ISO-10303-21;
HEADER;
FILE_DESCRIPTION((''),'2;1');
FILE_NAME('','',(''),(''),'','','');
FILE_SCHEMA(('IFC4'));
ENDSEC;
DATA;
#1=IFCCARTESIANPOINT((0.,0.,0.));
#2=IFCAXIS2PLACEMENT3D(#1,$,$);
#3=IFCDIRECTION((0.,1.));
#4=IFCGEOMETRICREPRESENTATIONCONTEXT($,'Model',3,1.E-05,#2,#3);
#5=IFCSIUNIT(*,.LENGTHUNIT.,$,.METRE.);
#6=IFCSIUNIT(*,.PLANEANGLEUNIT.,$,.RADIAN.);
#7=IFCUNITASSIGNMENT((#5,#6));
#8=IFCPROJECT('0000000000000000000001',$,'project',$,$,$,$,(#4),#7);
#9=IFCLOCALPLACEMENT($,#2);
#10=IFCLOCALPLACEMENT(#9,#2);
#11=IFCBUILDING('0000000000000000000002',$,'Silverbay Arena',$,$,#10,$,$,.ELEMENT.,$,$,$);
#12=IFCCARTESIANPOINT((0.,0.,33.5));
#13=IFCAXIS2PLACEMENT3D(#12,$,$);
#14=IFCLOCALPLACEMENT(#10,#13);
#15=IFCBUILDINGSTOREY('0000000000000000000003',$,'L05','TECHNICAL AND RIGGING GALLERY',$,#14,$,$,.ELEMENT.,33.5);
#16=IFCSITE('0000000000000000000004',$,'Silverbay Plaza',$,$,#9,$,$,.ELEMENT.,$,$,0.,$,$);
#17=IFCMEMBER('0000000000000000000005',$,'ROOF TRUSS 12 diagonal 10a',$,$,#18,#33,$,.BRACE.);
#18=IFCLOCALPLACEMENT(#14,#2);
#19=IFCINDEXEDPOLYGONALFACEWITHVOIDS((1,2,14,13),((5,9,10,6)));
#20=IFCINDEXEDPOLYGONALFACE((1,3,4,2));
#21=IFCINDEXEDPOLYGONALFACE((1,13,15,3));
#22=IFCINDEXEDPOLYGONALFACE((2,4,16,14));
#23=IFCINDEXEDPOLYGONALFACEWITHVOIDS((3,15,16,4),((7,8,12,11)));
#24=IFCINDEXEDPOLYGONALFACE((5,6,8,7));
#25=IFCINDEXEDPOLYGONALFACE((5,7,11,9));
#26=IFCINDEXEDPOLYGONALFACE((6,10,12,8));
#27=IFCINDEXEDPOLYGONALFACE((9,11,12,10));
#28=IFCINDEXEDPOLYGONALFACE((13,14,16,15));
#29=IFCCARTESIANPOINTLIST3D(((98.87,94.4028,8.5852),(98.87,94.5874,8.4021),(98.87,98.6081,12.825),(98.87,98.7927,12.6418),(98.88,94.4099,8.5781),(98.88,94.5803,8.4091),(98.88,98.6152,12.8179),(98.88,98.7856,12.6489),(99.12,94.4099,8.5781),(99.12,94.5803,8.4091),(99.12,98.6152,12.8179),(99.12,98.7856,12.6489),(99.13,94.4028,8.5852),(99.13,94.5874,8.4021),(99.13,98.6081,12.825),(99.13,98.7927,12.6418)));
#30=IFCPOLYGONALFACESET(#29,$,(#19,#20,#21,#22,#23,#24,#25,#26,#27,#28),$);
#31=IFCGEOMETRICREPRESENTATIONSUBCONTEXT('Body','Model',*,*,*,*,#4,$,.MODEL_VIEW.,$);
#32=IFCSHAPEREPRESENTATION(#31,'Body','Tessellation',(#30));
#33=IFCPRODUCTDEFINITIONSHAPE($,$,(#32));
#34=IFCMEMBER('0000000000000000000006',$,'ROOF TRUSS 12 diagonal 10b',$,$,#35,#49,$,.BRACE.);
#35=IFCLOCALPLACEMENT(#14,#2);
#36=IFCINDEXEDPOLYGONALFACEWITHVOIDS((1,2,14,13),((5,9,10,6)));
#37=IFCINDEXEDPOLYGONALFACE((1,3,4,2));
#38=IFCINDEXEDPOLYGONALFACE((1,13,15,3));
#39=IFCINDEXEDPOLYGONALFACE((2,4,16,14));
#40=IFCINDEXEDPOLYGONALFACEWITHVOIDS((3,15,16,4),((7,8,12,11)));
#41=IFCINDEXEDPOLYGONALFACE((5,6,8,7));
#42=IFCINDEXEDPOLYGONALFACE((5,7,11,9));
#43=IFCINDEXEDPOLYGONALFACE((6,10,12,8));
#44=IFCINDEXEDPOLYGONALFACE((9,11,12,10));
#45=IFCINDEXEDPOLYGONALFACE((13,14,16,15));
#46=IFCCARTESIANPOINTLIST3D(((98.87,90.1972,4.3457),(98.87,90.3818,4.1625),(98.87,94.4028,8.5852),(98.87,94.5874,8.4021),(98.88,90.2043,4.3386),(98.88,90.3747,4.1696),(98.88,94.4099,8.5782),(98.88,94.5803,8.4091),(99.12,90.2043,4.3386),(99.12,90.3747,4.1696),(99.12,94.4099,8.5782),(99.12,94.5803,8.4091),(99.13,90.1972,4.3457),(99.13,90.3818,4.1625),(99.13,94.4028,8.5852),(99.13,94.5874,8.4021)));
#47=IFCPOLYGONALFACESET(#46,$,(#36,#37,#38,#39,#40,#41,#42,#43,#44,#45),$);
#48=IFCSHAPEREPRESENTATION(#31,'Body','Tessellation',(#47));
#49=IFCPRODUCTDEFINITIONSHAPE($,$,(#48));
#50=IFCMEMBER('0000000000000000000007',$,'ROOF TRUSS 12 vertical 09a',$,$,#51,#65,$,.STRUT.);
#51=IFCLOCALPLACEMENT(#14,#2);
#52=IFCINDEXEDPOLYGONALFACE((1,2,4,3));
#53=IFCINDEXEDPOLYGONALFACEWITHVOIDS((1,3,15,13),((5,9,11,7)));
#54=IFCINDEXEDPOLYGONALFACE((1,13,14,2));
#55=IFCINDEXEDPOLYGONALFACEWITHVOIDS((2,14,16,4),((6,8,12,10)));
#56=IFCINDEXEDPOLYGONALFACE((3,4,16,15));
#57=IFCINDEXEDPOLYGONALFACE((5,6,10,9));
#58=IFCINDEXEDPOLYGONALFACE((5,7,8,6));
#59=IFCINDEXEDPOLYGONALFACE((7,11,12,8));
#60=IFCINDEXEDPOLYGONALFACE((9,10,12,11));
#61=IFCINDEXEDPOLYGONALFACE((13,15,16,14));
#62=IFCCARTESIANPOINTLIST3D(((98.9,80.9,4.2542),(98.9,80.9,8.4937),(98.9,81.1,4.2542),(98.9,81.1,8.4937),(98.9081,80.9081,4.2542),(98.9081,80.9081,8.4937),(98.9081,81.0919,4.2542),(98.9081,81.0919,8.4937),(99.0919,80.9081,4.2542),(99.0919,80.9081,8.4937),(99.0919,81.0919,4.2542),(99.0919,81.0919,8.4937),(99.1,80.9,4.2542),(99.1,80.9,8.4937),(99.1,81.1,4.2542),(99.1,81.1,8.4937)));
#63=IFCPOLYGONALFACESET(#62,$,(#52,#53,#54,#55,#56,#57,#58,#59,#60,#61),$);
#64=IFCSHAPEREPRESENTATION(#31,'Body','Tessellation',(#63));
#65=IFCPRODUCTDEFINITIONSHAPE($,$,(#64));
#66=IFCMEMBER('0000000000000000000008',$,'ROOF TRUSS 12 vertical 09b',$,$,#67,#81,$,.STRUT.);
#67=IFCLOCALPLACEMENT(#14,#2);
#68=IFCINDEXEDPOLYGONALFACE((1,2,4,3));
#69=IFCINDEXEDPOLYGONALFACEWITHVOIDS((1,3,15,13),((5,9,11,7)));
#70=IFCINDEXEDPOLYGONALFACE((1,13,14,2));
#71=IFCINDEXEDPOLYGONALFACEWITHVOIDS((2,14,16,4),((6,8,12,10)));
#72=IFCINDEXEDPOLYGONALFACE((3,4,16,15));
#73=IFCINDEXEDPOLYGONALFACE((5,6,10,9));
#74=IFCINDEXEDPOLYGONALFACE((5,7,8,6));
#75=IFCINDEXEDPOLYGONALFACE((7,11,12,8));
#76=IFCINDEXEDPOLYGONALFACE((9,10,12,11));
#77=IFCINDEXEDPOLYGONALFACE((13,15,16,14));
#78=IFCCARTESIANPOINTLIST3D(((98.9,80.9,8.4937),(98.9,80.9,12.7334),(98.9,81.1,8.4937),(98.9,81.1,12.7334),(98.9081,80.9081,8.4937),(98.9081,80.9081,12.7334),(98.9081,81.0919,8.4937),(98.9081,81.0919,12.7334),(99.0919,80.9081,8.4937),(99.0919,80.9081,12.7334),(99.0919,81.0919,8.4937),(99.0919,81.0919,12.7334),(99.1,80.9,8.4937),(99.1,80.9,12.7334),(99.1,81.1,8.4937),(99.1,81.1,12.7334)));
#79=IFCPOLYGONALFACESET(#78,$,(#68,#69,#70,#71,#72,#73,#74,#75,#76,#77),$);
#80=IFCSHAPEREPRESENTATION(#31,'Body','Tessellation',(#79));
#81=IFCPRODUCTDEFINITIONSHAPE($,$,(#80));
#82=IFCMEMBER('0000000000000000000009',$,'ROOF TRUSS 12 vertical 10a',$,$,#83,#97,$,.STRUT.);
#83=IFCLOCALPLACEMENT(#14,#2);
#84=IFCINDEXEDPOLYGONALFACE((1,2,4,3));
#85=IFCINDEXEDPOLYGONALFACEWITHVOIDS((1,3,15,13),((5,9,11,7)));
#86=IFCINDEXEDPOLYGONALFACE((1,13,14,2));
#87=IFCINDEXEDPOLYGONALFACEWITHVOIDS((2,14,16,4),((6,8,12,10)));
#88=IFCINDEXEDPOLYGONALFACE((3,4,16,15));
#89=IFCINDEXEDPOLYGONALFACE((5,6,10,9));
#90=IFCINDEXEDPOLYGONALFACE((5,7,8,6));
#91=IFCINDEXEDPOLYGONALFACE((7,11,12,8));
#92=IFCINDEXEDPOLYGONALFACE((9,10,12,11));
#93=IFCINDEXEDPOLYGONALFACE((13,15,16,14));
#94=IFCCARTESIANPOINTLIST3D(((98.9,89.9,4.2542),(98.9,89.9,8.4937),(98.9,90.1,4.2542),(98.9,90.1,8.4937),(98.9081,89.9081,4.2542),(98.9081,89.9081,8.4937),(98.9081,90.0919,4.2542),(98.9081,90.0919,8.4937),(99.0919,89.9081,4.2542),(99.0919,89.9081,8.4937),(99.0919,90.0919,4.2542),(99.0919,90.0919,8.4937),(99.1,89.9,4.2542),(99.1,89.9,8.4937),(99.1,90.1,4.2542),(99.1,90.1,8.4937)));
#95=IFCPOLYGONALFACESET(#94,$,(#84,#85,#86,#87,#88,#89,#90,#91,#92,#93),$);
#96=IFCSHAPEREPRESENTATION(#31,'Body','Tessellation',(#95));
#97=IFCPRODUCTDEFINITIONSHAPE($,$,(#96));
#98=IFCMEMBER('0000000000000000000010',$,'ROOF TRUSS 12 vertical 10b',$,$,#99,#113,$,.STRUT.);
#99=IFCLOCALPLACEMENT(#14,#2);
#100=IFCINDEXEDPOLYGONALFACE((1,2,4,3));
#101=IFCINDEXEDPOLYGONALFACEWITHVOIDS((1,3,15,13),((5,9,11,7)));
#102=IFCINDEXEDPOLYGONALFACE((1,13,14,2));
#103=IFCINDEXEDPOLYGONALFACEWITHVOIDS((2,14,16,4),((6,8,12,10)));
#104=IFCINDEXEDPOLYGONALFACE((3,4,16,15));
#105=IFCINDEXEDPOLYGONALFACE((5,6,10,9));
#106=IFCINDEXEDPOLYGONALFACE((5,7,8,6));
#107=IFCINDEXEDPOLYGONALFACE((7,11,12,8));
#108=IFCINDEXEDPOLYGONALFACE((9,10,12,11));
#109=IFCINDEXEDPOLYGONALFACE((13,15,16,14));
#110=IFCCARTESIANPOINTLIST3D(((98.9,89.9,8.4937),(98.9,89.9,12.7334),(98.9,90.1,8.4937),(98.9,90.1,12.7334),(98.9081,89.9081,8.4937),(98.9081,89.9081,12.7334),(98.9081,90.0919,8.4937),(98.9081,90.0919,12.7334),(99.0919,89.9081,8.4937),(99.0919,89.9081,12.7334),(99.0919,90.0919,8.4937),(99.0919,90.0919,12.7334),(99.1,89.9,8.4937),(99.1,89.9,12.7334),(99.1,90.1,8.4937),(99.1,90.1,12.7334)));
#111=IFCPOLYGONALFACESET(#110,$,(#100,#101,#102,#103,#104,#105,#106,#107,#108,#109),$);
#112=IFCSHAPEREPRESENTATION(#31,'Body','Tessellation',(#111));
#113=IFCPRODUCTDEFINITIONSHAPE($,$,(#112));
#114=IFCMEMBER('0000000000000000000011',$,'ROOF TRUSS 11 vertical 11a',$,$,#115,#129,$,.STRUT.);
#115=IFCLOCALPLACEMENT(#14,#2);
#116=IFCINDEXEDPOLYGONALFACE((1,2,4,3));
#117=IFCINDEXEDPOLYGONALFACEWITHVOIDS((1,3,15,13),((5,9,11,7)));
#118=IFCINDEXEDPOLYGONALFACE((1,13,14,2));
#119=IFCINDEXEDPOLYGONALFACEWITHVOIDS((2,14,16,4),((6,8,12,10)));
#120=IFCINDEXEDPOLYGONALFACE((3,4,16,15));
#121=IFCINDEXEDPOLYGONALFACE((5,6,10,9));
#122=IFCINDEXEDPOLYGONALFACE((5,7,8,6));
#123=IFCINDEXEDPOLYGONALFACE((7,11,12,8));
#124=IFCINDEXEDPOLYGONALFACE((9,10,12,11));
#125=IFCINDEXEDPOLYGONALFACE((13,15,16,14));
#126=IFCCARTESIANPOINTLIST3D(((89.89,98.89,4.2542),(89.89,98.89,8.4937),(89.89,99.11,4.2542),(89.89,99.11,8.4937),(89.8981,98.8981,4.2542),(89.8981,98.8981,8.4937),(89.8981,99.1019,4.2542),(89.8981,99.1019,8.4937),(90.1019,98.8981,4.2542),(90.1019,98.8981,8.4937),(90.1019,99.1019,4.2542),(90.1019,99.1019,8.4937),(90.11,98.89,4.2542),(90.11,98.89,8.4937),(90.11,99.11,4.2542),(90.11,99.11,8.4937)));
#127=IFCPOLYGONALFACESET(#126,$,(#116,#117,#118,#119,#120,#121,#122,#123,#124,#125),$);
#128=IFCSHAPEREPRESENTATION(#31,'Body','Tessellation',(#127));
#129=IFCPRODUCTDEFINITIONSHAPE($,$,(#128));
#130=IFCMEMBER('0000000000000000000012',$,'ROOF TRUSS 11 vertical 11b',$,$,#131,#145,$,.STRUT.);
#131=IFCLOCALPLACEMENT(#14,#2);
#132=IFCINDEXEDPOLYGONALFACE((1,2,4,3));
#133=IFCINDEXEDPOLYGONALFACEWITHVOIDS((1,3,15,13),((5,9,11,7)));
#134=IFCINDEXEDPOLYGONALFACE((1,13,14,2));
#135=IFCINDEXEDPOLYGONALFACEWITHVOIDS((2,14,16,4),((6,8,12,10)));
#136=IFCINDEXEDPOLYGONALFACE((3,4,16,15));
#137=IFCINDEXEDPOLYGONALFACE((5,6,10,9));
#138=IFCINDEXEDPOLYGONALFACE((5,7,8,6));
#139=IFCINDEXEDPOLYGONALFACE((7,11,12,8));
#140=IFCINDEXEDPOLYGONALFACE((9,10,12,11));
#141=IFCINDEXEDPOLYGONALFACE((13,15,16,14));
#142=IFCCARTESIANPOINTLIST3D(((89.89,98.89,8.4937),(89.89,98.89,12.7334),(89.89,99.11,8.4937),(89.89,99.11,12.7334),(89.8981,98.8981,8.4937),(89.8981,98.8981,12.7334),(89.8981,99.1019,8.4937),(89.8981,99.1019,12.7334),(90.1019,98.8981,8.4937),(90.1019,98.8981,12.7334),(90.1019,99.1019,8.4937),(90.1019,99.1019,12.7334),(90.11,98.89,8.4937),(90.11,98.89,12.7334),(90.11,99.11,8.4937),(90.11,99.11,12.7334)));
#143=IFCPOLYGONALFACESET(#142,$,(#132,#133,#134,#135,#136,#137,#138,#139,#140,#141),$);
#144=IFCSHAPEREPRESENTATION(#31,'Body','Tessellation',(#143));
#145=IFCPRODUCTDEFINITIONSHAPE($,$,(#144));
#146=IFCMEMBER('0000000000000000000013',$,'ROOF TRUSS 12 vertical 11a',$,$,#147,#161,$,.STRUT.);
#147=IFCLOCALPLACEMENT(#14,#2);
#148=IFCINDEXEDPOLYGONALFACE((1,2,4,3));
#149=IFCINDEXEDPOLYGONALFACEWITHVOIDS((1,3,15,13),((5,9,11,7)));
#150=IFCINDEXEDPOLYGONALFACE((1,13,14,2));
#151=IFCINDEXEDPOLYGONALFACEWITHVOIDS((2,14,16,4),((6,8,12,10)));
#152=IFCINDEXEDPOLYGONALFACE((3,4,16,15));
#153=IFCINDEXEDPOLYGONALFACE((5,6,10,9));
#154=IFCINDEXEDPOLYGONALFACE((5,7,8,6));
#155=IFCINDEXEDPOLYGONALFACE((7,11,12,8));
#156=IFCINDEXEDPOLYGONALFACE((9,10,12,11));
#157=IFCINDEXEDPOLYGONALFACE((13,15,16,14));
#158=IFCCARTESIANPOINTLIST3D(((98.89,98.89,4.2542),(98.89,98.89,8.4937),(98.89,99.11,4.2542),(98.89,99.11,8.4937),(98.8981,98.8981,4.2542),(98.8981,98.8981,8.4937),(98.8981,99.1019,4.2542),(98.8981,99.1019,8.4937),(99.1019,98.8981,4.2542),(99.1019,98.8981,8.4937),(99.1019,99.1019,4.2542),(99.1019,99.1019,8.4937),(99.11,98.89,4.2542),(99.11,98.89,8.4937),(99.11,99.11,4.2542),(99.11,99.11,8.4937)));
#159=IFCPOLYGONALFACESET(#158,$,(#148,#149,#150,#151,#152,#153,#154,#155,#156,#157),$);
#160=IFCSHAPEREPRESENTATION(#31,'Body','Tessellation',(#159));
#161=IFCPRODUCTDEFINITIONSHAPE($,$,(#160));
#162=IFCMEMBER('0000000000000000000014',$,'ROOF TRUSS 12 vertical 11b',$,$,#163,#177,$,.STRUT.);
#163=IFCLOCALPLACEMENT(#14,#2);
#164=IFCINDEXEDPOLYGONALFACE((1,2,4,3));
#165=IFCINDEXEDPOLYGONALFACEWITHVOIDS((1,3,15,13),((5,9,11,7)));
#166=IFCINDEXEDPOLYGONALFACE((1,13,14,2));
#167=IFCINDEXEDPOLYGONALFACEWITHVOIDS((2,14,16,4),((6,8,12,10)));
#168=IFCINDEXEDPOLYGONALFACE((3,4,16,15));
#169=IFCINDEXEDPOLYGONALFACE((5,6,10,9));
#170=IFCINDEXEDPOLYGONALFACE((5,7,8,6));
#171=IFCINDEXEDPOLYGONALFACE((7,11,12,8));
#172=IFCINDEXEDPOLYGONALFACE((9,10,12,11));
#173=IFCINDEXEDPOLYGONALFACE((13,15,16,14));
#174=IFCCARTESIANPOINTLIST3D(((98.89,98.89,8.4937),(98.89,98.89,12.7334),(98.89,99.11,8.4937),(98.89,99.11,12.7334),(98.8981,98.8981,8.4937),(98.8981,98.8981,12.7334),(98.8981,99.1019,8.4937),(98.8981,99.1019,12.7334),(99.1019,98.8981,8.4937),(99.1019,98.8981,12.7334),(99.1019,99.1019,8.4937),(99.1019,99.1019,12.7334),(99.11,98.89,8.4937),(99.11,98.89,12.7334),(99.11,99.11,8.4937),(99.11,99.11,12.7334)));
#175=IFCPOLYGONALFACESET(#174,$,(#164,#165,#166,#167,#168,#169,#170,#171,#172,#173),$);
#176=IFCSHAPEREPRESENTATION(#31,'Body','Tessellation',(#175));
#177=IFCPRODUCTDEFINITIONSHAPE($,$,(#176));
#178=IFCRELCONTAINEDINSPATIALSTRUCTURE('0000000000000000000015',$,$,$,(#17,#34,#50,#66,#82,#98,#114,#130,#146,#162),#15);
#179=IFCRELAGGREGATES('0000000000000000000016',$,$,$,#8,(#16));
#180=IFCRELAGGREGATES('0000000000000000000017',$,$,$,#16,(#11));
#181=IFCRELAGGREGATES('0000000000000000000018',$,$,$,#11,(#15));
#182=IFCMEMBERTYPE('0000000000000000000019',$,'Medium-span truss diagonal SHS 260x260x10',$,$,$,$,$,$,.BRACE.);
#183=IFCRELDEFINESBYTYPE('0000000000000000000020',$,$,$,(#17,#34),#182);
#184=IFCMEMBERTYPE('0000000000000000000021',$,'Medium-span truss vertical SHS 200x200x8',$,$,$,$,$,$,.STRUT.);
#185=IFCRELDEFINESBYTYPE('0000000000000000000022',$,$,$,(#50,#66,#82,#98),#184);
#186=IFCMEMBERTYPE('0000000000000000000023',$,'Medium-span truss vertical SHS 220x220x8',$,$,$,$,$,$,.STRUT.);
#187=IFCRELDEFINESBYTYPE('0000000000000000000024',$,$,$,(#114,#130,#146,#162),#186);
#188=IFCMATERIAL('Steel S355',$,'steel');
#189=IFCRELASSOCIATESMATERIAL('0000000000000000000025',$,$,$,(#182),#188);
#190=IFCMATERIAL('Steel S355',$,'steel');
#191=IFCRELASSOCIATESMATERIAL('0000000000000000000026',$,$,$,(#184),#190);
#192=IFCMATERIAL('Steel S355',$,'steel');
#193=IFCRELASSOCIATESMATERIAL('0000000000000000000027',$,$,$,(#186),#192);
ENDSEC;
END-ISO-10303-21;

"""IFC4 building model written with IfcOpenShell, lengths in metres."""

from ifc_helpers import new_model, si_unit, direction, frame, origin, origin_2d, place, context, subcontext, project, spatial, hollow_rectangle, extrude, material, material_profile, profile_set, type_object, element, save


model = new_model("IFC4")

# Units and contexts
model_context = context("Model", 3, precision=1e-05, world=origin(), true_north=direction((0.0, 1.0)))
body_context = subcontext(model_context, "Body", "Model", "MODEL_VIEW")
ifc_project = project(units=[si_unit("LENGTHUNIT", "METRE"), si_unit("PLANEANGLEUNIT", "RADIAN")], contexts=[model_context])

# Site, building, storey
site_placement = place(None, origin())
site = spatial("IfcSite", under=ifc_project, at=site_placement, Name="Silverbay Plaza", CompositionType="ELEMENT", RefElevation=0.0)
building_placement = place(site_placement, origin())
building = spatial("IfcBuilding", under=site, at=building_placement, Name="Silverbay Arena", CompositionType="ELEMENT")
storey_placement = place(building_placement, frame((0.0, 0.0, 33.5)))
storey = spatial("IfcBuildingStorey", under=building, at=storey_placement, Name="L05", Description="TECHNICAL AND RIGGING GALLERY", CompositionType="ELEMENT", Elevation=33.5)

# Members
ifc_material_1 = material(Name="Steel S355", Category="steel")
ifc_material_profile_1 = material_profile(ifc_material_1, hollow_rectangle(XDim=0.26, YDim=0.26, WallThickness=0.01, at=origin_2d()), Name="SHS 260x260x10")
ifc_profile_set_1 = profile_set([ifc_material_profile_1], Name="Steel S355")
member_type_1 = type_object("IfcMemberType", Name="Medium-span truss diagonal SHS 260x260x10", PredefinedType="BRACE", material=ifc_profile_set_1)
for number, where, z_axis, x_axis, name in (
    (1, (99.0, 98.7004, 12.7334), (0.0, -0.704219, -0.709983), (1.0, 0.0, 0.0), "ROOF TRUSS 12 diagonal 10a"),
    (2, (99.0, 94.4951, 8.4937), (0.0, -0.70426, -0.709942), (1.0, 0.0, 0.0), "ROOF TRUSS 12 diagonal 10b"),
):
    element("IfcMember", number, at=place(storey_placement, frame(where, z_axis=z_axis, x_axis=x_axis)), inside=storey, type_object=member_type_1, Name=name, PredefinedType="BRACE", context=body_context, shape_type="SweptSolid", body=[
        extrude(hollow_rectangle(XDim=0.26, YDim=0.26, WallThickness=0.01, at=origin_2d()), origin(), (0.0, 0.0, 1.0), 5.9717),
    ])
ifc_material_2 = material(Name="Steel S355", Category="steel")
ifc_material_profile_2 = material_profile(ifc_material_2, hollow_rectangle(XDim=0.2, YDim=0.2, WallThickness=0.0081, at=origin_2d()), Name="SHS 200x200x8")
ifc_profile_set_2 = profile_set([ifc_material_profile_2], Name="Steel S355")
member_type_2 = type_object("IfcMemberType", Name="Medium-span truss vertical SHS 200x200x8", PredefinedType="STRUT", material=ifc_profile_set_2)
member_1_placement = place(storey_placement, frame((99.0, 81.0, 4.2542), z_axis=(0.0, 0.0, 1.0), x_axis=(1.0, 0.0, 0.0)))
element("IfcMember", 3, at=member_1_placement, inside=storey, type_object=member_type_2, Name="ROOF TRUSS 12 vertical 09a", PredefinedType="STRUT", context=body_context, shape_type="SweptSolid", body=[
    extrude(hollow_rectangle(XDim=0.2, YDim=0.2, WallThickness=0.0081, at=origin_2d()), origin(), (0.0, 0.0, 1.0), 4.2395),
])
member_2_placement = place(storey_placement, frame((99.0, 81.0, 8.4937), z_axis=(0.0, 0.0, 1.0), x_axis=(1.0, 0.0, 0.0)))
element("IfcMember", 4, at=member_2_placement, inside=storey, type_object=member_type_2, Name="ROOF TRUSS 12 vertical 09b", PredefinedType="STRUT", context=body_context, shape_type="SweptSolid", body=[
    extrude(hollow_rectangle(XDim=0.2, YDim=0.2, WallThickness=0.0081, at=origin_2d()), origin(), (0.0, 0.0, 1.0), 4.2397),
])
member_3_placement = place(storey_placement, frame((99.0, 90.0, 4.2542), z_axis=(0.0, 0.0, 1.0), x_axis=(1.0, 0.0, 0.0)))
element("IfcMember", 5, at=member_3_placement, inside=storey, type_object=member_type_2, Name="ROOF TRUSS 12 vertical 10a", PredefinedType="STRUT", context=body_context, shape_type="SweptSolid", body=[
    extrude(hollow_rectangle(XDim=0.2, YDim=0.2, WallThickness=0.0081, at=origin_2d()), origin(), (0.0, 0.0, 1.0), 4.2395),
])
member_4_placement = place(storey_placement, frame((99.0, 90.0, 8.4937), z_axis=(0.0, 0.0, 1.0), x_axis=(1.0, 0.0, 0.0)))
element("IfcMember", 6, at=member_4_placement, inside=storey, type_object=member_type_2, Name="ROOF TRUSS 12 vertical 10b", PredefinedType="STRUT", context=body_context, shape_type="SweptSolid", body=[
    extrude(hollow_rectangle(XDim=0.2, YDim=0.2, WallThickness=0.0081, at=origin_2d()), origin(), (0.0, 0.0, 1.0), 4.2397),
])
ifc_material_3 = material(Name="Steel S355", Category="steel")
ifc_material_profile_3 = material_profile(ifc_material_3, hollow_rectangle(XDim=0.22, YDim=0.22, WallThickness=0.0081, at=origin_2d()), Name="SHS 220x220x8")
ifc_profile_set_3 = profile_set([ifc_material_profile_3], Name="Steel S355")
member_type_3 = type_object("IfcMemberType", Name="Medium-span truss vertical SHS 220x220x8", PredefinedType="STRUT", material=ifc_profile_set_3)
member_5_placement = place(storey_placement, frame((90.0, 99.0, 4.2542), z_axis=(0.0, 0.0, 1.0), x_axis=(1.0, 0.0, 0.0)))
element("IfcMember", 7, at=member_5_placement, inside=storey, type_object=member_type_3, Name="ROOF TRUSS 11 vertical 11a", PredefinedType="STRUT", context=body_context, shape_type="SweptSolid", body=[
    extrude(hollow_rectangle(XDim=0.22, YDim=0.22, WallThickness=0.0081, at=origin_2d()), origin(), (0.0, 0.0, 1.0), 4.2395),
])
member_6_placement = place(storey_placement, frame((90.0, 99.0, 8.4937), z_axis=(0.0, 0.0, 1.0), x_axis=(1.0, 0.0, 0.0)))
element("IfcMember", 8, at=member_6_placement, inside=storey, type_object=member_type_3, Name="ROOF TRUSS 11 vertical 11b", PredefinedType="STRUT", context=body_context, shape_type="SweptSolid", body=[
    extrude(hollow_rectangle(XDim=0.22, YDim=0.22, WallThickness=0.0081, at=origin_2d()), origin(), (0.0, 0.0, 1.0), 4.2397),
])
member_7_placement = place(storey_placement, frame((99.0, 99.0, 4.2542), z_axis=(0.0, 0.0, 1.0), x_axis=(1.0, 0.0, 0.0)))
element("IfcMember", 9, at=member_7_placement, inside=storey, type_object=member_type_3, Name="ROOF TRUSS 12 vertical 11a", PredefinedType="STRUT", context=body_context, shape_type="SweptSolid", body=[
    extrude(hollow_rectangle(XDim=0.22, YDim=0.22, WallThickness=0.0081, at=origin_2d()), origin(), (0.0, 0.0, 1.0), 4.2395),
])
member_8_placement = place(storey_placement, frame((99.0, 99.0, 8.4937), z_axis=(0.0, 0.0, 1.0), x_axis=(1.0, 0.0, 0.0)))
element("IfcMember", 10, at=member_8_placement, inside=storey, type_object=member_type_3, Name="ROOF TRUSS 12 vertical 11b", PredefinedType="STRUT", context=body_context, shape_type="SweptSolid", body=[
    extrude(hollow_rectangle(XDim=0.22, YDim=0.22, WallThickness=0.0081, at=origin_2d()), origin(), (0.0, 0.0, 1.0), 4.2397),
])

save(model, "model.ifc")
